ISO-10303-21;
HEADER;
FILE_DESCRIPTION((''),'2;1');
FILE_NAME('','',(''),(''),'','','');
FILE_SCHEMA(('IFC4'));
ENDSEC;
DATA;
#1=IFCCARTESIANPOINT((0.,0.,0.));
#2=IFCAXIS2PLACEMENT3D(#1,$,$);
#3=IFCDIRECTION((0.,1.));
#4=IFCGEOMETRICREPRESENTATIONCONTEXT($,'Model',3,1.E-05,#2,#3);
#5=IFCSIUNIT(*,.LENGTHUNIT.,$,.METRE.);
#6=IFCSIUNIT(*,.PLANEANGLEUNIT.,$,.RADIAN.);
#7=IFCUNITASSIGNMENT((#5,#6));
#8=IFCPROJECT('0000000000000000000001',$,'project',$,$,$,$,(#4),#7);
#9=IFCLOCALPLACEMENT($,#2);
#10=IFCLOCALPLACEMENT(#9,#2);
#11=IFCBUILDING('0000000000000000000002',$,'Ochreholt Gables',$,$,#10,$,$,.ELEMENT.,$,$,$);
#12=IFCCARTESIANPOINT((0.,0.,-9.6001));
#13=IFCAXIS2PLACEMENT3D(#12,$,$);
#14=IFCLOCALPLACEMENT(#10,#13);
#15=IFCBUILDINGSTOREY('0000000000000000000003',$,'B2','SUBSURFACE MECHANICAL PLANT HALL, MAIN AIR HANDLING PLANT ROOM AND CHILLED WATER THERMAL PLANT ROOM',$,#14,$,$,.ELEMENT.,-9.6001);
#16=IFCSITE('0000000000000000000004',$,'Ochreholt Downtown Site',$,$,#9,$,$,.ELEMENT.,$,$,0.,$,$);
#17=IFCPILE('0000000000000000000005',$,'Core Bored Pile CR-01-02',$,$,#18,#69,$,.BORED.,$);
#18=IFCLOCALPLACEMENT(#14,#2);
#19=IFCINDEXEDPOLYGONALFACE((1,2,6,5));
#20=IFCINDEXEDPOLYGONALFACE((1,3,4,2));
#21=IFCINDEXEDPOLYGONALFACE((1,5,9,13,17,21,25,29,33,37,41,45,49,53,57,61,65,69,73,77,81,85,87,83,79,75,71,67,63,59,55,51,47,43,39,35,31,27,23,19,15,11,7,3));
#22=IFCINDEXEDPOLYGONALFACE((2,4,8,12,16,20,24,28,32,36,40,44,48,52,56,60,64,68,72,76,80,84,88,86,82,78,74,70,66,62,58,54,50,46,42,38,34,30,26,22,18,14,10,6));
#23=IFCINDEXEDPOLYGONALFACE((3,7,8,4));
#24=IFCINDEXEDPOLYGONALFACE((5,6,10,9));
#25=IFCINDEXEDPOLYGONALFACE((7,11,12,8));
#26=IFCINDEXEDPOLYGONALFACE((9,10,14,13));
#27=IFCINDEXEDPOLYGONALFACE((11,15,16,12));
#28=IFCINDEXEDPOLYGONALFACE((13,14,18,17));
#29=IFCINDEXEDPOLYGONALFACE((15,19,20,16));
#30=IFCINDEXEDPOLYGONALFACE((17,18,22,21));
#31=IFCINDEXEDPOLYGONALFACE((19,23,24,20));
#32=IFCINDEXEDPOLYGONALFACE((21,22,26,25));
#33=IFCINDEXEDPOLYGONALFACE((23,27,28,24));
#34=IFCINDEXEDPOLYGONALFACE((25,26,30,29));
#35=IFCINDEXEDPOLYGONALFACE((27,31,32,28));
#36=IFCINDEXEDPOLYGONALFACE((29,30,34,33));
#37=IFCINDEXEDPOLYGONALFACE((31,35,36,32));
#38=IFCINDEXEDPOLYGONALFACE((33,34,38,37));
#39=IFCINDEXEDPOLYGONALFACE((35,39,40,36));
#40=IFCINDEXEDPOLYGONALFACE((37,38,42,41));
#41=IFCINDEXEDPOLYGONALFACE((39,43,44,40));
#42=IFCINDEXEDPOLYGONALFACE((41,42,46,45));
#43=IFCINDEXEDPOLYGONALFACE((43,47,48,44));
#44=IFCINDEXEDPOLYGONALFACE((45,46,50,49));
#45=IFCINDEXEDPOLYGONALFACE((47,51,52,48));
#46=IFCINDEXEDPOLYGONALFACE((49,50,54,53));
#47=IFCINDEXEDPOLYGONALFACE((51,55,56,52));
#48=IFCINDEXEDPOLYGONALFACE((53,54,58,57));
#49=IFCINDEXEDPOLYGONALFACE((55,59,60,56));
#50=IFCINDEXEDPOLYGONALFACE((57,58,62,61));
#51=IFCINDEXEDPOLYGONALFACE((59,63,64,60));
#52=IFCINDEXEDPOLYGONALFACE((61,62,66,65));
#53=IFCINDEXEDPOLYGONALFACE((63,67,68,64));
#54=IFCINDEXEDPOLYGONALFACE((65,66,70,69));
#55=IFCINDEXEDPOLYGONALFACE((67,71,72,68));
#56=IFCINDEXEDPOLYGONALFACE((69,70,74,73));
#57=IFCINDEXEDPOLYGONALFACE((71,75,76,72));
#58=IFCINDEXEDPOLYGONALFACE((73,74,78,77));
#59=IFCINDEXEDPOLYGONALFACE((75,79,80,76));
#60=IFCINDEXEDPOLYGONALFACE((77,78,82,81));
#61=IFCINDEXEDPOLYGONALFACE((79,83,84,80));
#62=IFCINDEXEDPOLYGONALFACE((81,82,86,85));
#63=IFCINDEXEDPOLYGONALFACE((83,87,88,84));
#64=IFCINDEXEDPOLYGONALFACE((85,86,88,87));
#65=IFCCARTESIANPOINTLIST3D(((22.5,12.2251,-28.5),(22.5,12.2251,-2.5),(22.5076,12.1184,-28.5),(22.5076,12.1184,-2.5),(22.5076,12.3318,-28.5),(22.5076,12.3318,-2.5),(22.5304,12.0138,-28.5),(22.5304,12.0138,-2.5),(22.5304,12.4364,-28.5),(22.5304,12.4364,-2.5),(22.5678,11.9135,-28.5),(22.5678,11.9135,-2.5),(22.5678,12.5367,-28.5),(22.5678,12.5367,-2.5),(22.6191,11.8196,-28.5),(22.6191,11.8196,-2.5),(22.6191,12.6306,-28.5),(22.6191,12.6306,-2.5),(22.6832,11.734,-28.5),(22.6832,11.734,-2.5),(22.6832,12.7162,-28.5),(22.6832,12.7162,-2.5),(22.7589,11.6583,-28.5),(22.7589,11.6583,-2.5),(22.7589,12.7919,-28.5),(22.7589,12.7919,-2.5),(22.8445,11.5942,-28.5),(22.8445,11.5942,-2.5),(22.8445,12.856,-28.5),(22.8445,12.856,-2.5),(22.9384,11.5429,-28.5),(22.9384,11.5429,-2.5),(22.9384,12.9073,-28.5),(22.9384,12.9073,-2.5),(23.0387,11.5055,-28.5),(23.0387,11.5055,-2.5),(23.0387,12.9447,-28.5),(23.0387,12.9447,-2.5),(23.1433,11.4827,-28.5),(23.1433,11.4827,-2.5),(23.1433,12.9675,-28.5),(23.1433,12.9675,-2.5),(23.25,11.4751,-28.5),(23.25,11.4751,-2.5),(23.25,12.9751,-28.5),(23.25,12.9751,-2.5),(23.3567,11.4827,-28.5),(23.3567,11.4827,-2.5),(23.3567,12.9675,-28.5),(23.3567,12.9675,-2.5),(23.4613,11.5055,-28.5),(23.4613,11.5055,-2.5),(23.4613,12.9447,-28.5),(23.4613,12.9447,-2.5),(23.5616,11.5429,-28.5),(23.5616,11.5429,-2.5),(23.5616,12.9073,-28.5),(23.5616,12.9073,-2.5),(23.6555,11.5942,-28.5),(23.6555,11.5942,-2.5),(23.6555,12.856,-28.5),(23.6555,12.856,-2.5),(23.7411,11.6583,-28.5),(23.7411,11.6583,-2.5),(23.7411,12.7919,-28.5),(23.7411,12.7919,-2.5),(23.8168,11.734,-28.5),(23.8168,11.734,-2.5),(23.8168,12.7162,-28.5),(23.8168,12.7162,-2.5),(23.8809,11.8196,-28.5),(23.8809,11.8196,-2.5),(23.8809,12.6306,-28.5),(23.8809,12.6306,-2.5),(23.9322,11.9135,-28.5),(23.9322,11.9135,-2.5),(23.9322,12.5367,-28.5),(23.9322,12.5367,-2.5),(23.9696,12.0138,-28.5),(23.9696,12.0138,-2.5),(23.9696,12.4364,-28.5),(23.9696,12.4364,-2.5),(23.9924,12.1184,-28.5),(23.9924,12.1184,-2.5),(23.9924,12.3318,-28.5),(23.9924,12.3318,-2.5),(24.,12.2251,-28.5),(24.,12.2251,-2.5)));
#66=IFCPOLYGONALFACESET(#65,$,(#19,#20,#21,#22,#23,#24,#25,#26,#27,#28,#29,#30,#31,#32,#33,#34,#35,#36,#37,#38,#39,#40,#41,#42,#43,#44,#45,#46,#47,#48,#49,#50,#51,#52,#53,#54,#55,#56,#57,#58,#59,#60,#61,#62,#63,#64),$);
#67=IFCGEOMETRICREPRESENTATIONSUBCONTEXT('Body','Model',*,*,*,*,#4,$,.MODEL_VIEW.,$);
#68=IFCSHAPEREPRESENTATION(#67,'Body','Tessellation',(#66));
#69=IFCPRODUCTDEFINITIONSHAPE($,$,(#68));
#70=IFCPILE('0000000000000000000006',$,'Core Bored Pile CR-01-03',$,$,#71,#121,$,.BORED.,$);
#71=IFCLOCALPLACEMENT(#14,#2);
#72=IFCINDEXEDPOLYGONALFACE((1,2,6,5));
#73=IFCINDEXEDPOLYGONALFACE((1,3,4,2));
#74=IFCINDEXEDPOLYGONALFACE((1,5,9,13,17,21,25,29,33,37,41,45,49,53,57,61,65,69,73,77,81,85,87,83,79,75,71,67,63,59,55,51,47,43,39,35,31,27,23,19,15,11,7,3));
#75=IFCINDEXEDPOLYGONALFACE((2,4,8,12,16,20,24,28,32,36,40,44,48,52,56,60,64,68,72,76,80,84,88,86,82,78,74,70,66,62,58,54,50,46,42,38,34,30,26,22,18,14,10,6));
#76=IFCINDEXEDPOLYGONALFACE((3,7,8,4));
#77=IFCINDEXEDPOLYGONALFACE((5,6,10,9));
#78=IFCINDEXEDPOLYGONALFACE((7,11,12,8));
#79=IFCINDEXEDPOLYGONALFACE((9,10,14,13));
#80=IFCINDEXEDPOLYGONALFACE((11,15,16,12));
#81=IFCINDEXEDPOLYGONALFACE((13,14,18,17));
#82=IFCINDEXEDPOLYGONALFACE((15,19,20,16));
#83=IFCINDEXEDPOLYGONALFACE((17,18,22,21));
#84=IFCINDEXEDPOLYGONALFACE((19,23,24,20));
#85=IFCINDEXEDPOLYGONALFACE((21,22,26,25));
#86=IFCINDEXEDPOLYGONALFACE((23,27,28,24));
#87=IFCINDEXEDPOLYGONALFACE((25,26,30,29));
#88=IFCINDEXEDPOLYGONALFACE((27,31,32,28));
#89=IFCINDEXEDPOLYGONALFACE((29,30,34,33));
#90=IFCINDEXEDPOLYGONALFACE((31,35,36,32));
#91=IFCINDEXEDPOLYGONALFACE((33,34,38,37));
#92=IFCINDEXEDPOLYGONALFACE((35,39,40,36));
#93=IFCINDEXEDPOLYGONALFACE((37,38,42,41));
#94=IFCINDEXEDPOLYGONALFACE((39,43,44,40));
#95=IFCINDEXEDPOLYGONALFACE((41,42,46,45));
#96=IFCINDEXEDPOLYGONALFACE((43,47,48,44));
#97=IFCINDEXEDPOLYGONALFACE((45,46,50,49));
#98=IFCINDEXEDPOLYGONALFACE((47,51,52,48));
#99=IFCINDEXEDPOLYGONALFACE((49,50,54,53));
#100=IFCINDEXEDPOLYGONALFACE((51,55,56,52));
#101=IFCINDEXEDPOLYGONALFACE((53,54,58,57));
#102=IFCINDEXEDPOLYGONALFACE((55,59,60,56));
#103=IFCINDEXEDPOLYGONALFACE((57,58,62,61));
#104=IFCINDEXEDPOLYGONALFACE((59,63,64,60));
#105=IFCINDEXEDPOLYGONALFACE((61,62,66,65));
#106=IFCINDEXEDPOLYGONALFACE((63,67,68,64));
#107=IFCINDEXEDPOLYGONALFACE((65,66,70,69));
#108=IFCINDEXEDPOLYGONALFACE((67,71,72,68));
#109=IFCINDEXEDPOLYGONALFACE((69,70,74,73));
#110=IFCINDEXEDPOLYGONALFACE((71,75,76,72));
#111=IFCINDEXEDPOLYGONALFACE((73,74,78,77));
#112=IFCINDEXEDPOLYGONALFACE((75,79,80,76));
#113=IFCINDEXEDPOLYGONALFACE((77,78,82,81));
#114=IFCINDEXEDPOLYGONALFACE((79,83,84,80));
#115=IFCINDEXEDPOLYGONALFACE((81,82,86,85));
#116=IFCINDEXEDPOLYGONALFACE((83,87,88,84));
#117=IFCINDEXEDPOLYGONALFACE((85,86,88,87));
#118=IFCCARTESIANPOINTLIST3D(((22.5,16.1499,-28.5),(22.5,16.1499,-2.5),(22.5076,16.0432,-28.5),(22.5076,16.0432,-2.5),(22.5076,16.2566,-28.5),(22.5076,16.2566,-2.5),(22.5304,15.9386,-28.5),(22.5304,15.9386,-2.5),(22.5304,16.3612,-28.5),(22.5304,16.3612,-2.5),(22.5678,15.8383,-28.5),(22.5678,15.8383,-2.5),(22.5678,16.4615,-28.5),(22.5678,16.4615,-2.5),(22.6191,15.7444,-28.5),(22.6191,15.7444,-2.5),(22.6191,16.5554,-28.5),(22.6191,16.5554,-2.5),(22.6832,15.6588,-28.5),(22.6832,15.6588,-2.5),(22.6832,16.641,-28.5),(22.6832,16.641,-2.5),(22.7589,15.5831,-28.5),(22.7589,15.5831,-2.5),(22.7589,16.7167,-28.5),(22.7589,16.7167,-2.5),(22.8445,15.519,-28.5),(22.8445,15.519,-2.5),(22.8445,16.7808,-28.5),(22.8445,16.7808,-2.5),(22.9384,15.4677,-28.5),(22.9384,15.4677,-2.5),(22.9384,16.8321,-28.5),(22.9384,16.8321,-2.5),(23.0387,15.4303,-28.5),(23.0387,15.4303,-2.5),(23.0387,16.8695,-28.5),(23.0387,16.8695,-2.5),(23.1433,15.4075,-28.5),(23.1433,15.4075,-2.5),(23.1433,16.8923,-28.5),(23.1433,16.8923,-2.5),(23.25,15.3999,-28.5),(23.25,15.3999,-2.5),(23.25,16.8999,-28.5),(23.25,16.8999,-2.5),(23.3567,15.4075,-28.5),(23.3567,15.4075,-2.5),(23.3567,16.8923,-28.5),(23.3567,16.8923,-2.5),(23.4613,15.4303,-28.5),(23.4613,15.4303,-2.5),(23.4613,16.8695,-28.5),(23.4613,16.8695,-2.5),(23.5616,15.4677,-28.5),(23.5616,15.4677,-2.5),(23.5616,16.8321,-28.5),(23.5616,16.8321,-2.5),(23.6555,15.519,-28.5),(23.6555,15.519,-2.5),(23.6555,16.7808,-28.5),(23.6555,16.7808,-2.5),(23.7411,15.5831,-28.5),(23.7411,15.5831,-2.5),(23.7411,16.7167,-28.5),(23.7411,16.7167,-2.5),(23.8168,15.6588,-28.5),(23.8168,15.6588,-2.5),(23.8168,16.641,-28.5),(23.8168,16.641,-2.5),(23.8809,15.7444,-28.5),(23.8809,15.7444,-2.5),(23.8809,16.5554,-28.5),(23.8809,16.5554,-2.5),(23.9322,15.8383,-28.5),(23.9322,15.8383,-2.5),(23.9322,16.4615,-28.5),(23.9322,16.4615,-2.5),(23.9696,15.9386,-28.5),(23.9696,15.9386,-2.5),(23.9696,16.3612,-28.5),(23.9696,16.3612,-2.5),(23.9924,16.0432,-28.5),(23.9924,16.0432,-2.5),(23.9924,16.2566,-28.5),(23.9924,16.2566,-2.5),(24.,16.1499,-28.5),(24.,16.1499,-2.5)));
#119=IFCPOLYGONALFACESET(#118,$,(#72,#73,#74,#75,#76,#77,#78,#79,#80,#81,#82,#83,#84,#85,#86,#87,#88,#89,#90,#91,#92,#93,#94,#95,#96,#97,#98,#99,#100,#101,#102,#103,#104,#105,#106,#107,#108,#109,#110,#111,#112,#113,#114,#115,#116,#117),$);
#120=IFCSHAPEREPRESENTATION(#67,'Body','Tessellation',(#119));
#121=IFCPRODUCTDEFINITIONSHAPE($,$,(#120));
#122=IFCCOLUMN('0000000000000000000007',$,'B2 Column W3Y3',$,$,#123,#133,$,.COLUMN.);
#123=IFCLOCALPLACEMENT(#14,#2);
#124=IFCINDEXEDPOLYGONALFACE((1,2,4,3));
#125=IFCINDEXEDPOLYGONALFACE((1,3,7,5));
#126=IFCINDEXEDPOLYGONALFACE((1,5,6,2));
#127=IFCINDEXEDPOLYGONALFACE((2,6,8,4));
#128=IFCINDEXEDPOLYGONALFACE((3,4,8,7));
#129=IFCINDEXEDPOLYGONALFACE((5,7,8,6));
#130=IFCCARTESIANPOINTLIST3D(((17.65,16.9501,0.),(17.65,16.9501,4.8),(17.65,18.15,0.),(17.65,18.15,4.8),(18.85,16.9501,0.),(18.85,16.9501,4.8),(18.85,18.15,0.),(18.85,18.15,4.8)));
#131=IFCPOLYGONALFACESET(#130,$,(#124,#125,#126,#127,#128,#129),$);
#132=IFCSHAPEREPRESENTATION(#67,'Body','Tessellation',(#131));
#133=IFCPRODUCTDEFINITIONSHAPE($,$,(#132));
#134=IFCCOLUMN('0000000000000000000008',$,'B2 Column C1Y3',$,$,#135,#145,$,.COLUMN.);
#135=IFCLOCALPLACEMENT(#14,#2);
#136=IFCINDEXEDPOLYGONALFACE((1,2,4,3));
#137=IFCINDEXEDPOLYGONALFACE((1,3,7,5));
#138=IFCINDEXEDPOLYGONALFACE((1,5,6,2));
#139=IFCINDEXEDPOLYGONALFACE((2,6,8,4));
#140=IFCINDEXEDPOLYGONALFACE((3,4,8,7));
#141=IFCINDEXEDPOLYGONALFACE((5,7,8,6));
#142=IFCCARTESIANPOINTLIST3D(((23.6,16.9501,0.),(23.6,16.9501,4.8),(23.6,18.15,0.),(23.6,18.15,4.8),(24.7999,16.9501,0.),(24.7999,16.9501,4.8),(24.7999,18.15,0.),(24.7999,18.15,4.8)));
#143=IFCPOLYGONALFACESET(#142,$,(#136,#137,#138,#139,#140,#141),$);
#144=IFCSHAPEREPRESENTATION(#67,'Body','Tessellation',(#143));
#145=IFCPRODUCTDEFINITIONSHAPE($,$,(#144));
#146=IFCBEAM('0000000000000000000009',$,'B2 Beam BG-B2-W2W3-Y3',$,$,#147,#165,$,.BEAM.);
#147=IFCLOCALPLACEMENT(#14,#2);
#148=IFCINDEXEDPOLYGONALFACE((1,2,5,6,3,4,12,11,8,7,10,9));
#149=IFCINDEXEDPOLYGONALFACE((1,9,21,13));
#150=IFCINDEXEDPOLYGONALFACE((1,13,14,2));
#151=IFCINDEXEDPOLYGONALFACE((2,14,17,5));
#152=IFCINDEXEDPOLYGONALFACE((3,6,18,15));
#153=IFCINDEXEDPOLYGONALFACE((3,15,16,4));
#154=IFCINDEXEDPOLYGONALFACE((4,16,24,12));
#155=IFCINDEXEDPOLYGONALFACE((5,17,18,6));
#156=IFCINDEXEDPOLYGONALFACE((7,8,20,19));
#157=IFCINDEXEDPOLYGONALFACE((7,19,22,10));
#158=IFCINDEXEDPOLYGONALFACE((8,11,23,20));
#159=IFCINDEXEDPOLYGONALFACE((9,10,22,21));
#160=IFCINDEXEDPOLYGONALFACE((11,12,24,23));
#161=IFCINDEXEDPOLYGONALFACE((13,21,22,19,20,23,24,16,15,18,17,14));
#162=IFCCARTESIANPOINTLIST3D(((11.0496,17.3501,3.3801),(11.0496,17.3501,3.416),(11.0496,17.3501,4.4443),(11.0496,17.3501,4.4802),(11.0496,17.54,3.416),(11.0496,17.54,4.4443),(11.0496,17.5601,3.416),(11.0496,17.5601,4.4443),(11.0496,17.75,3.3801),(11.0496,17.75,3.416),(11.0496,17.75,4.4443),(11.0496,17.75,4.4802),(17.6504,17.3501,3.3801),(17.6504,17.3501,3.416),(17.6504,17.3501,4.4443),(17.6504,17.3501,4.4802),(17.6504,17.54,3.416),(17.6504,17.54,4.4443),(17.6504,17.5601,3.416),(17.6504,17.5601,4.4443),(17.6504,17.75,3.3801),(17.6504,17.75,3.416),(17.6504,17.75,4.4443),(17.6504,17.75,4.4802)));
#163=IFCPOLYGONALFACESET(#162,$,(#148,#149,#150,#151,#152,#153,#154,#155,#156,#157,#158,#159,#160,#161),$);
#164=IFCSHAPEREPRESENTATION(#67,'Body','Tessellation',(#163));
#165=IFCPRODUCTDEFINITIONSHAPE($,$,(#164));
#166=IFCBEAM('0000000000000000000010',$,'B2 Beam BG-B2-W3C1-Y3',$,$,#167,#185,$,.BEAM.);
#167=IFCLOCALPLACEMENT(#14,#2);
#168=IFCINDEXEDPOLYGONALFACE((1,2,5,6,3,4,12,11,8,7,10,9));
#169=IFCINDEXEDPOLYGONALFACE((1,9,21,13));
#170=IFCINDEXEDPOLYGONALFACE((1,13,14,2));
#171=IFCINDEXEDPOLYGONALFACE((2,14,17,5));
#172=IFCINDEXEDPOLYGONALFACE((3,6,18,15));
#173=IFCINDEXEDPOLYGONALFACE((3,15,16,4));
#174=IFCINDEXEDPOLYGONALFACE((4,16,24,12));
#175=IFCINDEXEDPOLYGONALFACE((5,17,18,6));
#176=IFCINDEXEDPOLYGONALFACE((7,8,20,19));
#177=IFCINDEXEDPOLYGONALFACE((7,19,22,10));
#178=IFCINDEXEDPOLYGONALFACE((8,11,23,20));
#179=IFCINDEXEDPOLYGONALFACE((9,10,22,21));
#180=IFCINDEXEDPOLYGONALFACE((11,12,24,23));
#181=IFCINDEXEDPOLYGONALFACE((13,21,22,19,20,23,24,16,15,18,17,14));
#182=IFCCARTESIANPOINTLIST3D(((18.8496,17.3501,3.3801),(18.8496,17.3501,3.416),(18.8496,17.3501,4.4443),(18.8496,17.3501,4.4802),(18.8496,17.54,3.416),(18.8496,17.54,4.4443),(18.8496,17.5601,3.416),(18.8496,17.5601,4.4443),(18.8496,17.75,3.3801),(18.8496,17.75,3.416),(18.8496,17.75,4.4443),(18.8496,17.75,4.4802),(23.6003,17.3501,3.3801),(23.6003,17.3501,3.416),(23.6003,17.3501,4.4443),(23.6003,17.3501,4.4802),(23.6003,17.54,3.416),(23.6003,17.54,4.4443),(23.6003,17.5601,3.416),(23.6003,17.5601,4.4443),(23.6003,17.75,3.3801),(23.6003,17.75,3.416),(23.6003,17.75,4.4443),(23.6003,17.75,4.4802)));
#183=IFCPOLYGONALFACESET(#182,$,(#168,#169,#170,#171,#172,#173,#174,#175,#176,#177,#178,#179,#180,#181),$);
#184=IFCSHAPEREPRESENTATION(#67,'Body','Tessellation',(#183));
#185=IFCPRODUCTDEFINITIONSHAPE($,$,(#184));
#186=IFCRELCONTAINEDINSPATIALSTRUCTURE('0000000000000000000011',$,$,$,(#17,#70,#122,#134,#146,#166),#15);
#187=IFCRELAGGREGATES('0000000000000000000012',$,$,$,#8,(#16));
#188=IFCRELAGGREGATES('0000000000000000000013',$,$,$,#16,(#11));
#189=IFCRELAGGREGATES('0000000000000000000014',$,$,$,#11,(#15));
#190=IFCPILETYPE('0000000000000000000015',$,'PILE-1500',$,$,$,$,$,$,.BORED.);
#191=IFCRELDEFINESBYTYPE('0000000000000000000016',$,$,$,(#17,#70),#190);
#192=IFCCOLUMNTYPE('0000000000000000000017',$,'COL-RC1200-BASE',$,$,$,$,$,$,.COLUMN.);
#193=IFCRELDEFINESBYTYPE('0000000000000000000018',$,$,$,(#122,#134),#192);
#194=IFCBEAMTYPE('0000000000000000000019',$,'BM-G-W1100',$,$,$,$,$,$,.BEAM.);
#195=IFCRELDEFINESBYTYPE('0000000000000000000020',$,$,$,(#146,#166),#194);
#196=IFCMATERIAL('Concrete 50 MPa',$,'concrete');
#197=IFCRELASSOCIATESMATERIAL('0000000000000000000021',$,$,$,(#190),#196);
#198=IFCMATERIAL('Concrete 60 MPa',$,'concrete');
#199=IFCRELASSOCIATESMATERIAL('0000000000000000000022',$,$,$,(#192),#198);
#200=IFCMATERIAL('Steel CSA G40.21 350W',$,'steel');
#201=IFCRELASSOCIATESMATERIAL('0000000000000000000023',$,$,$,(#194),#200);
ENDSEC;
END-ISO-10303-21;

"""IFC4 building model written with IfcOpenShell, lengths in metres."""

from ifc_helpers import new_model, si_unit, direction, frame, origin, origin_2d, place, context, subcontext, project, spatial, rectangle, circle, i_section, extrude, material, material_profile, profile_set, type_object, element, save


model = new_model("IFC4")

# Units and contexts
model_context = context("Model", 3, precision=1e-05, world=origin(), true_north=direction((0.0, 1.0)))
body_context = subcontext(model_context, "Body", "Model", "MODEL_VIEW")
ifc_project = project(units=[si_unit("LENGTHUNIT", "METRE"), si_unit("PLANEANGLEUNIT", "RADIAN")], contexts=[model_context])

# Site, building, storey
site_placement = place(None, origin())
site = spatial("IfcSite", under=ifc_project, at=site_placement, Name="Ochreholt Downtown Site", CompositionType="ELEMENT", RefElevation=0.0)
building_placement = place(site_placement, origin())
building = spatial("IfcBuilding", under=site, at=building_placement, Name="Ochreholt Gables", CompositionType="ELEMENT")
storey_placement = place(building_placement, frame((0.0, 0.0, -9.6001)))
storey = spatial("IfcBuildingStorey", under=building, at=storey_placement, Name="B2", Description="SUBSURFACE MECHANICAL PLANT HALL, MAIN AIR HANDLING PLANT ROOM AND CHILLED WATER THERMAL PLANT ROOM", CompositionType="ELEMENT", Elevation=-9.6001)

# Piles
ifc_material_1 = material(Name="Concrete 50 MPa", Category="concrete")
ifc_material_profile_1 = material_profile(ifc_material_1, circle(Radius=0.75, at=origin_2d()), Name="PILE1500")
ifc_profile_set_1 = profile_set([ifc_material_profile_1], Name="Concrete 50 MPa")
pile_type = type_object("IfcPileType", Name="PILE-1500", PredefinedType="BORED", material=ifc_profile_set_1)
for number, where, z_axis, x_axis, name in (
    (1, (23.25, 12.2251, -2.5), (0.0, 0.0, -1.0), (1.0, 0.0, 0.0), "Core Bored Pile CR-01-02"),
    (2, (23.25, 16.1499, -2.5), (0.0, 0.0, -1.0), (1.0, 0.0, 0.0), "Core Bored Pile CR-01-03"),
):
    element("IfcPile", number, at=place(storey_placement, frame(where, z_axis=z_axis, x_axis=x_axis)), inside=storey, type_object=pile_type, Name=name, PredefinedType="BORED", context=body_context, shape_type="SweptSolid", body=[
        extrude(circle(Radius=0.75, at=origin_2d()), origin(), (0.0, 0.0, 1.0), 26.0),
    ])

# Columns
ifc_material_2 = material(Name="Concrete 60 MPa", Category="concrete")
ifc_material_profile_2 = material_profile(ifc_material_2, rectangle(XDim=1.2, YDim=1.2, at=origin_2d()), Name="RC1200X1200")
ifc_profile_set_2 = profile_set([ifc_material_profile_2], Name="Concrete 60 MPa")
column_type = type_object("IfcColumnType", Name="COL-RC1200-BASE", PredefinedType="COLUMN", material=ifc_profile_set_2)
for number, where, z_axis, x_axis, name in (
    (3, (18.25, 17.55, 0.0), (0.0, 0.0, 1.0), (1.0, 0.0, 0.0), "B2 Column W3Y3"),
    (4, (24.2, 17.55, 0.0), (0.0, 0.0, 1.0), (1.0, 0.0, 0.0), "B2 Column C1Y3"),
):
    element("IfcColumn", number, at=place(storey_placement, frame(where, z_axis=z_axis, x_axis=x_axis)), inside=storey, type_object=column_type, Name=name, PredefinedType="COLUMN", context=body_context, shape_type="SweptSolid", body=[
        extrude(rectangle(XDim=1.2, YDim=1.2, at=origin_2d()), origin(), (0.0, 0.0, 1.0), 4.8),
    ])

# Beams
ifc_material_3 = material(Name="Steel CSA G40.21 350W", Category="steel")
ifc_material_profile_3 = material_profile(ifc_material_3, i_section(OverallWidth=0.3999, OverallDepth=1.1001, WebThickness=0.02, FlangeThickness=0.0359, at=origin_2d()), Name="W1100X390")
ifc_profile_set_3 = profile_set([ifc_material_profile_3], Name="Steel CSA G40.21 350W")
beam_type_1 = type_object("IfcBeamType", Name="BM-G-W1100", PredefinedType="BEAM", material=ifc_profile_set_3)
beam_1_placement = place(storey_placement, frame((11.0496, 17.55, 3.9302), z_axis=(1.0, 0.0, 0.0), x_axis=(0.0, 1.0, 0.0)))
element("IfcBeam", 5, at=beam_1_placement, inside=storey, type_object=beam_type_1, Name="B2 Beam BG-B2-W2W3-Y3", PredefinedType="BEAM", context=body_context, shape_type="SweptSolid", body=[
    extrude(i_section(OverallWidth=0.3999, OverallDepth=1.1001, WebThickness=0.02, FlangeThickness=0.0359, at=origin_2d()), origin(), (0.0, 0.0, 1.0), 6.6008),
])
beam_2_placement = place(storey_placement, frame((18.8496, 17.55, 3.9302), z_axis=(1.0, 0.0, 0.0), x_axis=(0.0, 1.0, 0.0)))
element("IfcBeam", 6, at=beam_2_placement, inside=storey, type_object=beam_type_1, Name="B2 Beam BG-B2-W3C1-Y3", PredefinedType="BEAM", context=body_context, shape_type="SweptSolid", body=[
    extrude(i_section(OverallWidth=0.3999, OverallDepth=1.1001, WebThickness=0.02, FlangeThickness=0.0359, at=origin_2d()), origin(), (0.0, 0.0, 1.0), 4.7507),
])

save(model, "model.ifc")
